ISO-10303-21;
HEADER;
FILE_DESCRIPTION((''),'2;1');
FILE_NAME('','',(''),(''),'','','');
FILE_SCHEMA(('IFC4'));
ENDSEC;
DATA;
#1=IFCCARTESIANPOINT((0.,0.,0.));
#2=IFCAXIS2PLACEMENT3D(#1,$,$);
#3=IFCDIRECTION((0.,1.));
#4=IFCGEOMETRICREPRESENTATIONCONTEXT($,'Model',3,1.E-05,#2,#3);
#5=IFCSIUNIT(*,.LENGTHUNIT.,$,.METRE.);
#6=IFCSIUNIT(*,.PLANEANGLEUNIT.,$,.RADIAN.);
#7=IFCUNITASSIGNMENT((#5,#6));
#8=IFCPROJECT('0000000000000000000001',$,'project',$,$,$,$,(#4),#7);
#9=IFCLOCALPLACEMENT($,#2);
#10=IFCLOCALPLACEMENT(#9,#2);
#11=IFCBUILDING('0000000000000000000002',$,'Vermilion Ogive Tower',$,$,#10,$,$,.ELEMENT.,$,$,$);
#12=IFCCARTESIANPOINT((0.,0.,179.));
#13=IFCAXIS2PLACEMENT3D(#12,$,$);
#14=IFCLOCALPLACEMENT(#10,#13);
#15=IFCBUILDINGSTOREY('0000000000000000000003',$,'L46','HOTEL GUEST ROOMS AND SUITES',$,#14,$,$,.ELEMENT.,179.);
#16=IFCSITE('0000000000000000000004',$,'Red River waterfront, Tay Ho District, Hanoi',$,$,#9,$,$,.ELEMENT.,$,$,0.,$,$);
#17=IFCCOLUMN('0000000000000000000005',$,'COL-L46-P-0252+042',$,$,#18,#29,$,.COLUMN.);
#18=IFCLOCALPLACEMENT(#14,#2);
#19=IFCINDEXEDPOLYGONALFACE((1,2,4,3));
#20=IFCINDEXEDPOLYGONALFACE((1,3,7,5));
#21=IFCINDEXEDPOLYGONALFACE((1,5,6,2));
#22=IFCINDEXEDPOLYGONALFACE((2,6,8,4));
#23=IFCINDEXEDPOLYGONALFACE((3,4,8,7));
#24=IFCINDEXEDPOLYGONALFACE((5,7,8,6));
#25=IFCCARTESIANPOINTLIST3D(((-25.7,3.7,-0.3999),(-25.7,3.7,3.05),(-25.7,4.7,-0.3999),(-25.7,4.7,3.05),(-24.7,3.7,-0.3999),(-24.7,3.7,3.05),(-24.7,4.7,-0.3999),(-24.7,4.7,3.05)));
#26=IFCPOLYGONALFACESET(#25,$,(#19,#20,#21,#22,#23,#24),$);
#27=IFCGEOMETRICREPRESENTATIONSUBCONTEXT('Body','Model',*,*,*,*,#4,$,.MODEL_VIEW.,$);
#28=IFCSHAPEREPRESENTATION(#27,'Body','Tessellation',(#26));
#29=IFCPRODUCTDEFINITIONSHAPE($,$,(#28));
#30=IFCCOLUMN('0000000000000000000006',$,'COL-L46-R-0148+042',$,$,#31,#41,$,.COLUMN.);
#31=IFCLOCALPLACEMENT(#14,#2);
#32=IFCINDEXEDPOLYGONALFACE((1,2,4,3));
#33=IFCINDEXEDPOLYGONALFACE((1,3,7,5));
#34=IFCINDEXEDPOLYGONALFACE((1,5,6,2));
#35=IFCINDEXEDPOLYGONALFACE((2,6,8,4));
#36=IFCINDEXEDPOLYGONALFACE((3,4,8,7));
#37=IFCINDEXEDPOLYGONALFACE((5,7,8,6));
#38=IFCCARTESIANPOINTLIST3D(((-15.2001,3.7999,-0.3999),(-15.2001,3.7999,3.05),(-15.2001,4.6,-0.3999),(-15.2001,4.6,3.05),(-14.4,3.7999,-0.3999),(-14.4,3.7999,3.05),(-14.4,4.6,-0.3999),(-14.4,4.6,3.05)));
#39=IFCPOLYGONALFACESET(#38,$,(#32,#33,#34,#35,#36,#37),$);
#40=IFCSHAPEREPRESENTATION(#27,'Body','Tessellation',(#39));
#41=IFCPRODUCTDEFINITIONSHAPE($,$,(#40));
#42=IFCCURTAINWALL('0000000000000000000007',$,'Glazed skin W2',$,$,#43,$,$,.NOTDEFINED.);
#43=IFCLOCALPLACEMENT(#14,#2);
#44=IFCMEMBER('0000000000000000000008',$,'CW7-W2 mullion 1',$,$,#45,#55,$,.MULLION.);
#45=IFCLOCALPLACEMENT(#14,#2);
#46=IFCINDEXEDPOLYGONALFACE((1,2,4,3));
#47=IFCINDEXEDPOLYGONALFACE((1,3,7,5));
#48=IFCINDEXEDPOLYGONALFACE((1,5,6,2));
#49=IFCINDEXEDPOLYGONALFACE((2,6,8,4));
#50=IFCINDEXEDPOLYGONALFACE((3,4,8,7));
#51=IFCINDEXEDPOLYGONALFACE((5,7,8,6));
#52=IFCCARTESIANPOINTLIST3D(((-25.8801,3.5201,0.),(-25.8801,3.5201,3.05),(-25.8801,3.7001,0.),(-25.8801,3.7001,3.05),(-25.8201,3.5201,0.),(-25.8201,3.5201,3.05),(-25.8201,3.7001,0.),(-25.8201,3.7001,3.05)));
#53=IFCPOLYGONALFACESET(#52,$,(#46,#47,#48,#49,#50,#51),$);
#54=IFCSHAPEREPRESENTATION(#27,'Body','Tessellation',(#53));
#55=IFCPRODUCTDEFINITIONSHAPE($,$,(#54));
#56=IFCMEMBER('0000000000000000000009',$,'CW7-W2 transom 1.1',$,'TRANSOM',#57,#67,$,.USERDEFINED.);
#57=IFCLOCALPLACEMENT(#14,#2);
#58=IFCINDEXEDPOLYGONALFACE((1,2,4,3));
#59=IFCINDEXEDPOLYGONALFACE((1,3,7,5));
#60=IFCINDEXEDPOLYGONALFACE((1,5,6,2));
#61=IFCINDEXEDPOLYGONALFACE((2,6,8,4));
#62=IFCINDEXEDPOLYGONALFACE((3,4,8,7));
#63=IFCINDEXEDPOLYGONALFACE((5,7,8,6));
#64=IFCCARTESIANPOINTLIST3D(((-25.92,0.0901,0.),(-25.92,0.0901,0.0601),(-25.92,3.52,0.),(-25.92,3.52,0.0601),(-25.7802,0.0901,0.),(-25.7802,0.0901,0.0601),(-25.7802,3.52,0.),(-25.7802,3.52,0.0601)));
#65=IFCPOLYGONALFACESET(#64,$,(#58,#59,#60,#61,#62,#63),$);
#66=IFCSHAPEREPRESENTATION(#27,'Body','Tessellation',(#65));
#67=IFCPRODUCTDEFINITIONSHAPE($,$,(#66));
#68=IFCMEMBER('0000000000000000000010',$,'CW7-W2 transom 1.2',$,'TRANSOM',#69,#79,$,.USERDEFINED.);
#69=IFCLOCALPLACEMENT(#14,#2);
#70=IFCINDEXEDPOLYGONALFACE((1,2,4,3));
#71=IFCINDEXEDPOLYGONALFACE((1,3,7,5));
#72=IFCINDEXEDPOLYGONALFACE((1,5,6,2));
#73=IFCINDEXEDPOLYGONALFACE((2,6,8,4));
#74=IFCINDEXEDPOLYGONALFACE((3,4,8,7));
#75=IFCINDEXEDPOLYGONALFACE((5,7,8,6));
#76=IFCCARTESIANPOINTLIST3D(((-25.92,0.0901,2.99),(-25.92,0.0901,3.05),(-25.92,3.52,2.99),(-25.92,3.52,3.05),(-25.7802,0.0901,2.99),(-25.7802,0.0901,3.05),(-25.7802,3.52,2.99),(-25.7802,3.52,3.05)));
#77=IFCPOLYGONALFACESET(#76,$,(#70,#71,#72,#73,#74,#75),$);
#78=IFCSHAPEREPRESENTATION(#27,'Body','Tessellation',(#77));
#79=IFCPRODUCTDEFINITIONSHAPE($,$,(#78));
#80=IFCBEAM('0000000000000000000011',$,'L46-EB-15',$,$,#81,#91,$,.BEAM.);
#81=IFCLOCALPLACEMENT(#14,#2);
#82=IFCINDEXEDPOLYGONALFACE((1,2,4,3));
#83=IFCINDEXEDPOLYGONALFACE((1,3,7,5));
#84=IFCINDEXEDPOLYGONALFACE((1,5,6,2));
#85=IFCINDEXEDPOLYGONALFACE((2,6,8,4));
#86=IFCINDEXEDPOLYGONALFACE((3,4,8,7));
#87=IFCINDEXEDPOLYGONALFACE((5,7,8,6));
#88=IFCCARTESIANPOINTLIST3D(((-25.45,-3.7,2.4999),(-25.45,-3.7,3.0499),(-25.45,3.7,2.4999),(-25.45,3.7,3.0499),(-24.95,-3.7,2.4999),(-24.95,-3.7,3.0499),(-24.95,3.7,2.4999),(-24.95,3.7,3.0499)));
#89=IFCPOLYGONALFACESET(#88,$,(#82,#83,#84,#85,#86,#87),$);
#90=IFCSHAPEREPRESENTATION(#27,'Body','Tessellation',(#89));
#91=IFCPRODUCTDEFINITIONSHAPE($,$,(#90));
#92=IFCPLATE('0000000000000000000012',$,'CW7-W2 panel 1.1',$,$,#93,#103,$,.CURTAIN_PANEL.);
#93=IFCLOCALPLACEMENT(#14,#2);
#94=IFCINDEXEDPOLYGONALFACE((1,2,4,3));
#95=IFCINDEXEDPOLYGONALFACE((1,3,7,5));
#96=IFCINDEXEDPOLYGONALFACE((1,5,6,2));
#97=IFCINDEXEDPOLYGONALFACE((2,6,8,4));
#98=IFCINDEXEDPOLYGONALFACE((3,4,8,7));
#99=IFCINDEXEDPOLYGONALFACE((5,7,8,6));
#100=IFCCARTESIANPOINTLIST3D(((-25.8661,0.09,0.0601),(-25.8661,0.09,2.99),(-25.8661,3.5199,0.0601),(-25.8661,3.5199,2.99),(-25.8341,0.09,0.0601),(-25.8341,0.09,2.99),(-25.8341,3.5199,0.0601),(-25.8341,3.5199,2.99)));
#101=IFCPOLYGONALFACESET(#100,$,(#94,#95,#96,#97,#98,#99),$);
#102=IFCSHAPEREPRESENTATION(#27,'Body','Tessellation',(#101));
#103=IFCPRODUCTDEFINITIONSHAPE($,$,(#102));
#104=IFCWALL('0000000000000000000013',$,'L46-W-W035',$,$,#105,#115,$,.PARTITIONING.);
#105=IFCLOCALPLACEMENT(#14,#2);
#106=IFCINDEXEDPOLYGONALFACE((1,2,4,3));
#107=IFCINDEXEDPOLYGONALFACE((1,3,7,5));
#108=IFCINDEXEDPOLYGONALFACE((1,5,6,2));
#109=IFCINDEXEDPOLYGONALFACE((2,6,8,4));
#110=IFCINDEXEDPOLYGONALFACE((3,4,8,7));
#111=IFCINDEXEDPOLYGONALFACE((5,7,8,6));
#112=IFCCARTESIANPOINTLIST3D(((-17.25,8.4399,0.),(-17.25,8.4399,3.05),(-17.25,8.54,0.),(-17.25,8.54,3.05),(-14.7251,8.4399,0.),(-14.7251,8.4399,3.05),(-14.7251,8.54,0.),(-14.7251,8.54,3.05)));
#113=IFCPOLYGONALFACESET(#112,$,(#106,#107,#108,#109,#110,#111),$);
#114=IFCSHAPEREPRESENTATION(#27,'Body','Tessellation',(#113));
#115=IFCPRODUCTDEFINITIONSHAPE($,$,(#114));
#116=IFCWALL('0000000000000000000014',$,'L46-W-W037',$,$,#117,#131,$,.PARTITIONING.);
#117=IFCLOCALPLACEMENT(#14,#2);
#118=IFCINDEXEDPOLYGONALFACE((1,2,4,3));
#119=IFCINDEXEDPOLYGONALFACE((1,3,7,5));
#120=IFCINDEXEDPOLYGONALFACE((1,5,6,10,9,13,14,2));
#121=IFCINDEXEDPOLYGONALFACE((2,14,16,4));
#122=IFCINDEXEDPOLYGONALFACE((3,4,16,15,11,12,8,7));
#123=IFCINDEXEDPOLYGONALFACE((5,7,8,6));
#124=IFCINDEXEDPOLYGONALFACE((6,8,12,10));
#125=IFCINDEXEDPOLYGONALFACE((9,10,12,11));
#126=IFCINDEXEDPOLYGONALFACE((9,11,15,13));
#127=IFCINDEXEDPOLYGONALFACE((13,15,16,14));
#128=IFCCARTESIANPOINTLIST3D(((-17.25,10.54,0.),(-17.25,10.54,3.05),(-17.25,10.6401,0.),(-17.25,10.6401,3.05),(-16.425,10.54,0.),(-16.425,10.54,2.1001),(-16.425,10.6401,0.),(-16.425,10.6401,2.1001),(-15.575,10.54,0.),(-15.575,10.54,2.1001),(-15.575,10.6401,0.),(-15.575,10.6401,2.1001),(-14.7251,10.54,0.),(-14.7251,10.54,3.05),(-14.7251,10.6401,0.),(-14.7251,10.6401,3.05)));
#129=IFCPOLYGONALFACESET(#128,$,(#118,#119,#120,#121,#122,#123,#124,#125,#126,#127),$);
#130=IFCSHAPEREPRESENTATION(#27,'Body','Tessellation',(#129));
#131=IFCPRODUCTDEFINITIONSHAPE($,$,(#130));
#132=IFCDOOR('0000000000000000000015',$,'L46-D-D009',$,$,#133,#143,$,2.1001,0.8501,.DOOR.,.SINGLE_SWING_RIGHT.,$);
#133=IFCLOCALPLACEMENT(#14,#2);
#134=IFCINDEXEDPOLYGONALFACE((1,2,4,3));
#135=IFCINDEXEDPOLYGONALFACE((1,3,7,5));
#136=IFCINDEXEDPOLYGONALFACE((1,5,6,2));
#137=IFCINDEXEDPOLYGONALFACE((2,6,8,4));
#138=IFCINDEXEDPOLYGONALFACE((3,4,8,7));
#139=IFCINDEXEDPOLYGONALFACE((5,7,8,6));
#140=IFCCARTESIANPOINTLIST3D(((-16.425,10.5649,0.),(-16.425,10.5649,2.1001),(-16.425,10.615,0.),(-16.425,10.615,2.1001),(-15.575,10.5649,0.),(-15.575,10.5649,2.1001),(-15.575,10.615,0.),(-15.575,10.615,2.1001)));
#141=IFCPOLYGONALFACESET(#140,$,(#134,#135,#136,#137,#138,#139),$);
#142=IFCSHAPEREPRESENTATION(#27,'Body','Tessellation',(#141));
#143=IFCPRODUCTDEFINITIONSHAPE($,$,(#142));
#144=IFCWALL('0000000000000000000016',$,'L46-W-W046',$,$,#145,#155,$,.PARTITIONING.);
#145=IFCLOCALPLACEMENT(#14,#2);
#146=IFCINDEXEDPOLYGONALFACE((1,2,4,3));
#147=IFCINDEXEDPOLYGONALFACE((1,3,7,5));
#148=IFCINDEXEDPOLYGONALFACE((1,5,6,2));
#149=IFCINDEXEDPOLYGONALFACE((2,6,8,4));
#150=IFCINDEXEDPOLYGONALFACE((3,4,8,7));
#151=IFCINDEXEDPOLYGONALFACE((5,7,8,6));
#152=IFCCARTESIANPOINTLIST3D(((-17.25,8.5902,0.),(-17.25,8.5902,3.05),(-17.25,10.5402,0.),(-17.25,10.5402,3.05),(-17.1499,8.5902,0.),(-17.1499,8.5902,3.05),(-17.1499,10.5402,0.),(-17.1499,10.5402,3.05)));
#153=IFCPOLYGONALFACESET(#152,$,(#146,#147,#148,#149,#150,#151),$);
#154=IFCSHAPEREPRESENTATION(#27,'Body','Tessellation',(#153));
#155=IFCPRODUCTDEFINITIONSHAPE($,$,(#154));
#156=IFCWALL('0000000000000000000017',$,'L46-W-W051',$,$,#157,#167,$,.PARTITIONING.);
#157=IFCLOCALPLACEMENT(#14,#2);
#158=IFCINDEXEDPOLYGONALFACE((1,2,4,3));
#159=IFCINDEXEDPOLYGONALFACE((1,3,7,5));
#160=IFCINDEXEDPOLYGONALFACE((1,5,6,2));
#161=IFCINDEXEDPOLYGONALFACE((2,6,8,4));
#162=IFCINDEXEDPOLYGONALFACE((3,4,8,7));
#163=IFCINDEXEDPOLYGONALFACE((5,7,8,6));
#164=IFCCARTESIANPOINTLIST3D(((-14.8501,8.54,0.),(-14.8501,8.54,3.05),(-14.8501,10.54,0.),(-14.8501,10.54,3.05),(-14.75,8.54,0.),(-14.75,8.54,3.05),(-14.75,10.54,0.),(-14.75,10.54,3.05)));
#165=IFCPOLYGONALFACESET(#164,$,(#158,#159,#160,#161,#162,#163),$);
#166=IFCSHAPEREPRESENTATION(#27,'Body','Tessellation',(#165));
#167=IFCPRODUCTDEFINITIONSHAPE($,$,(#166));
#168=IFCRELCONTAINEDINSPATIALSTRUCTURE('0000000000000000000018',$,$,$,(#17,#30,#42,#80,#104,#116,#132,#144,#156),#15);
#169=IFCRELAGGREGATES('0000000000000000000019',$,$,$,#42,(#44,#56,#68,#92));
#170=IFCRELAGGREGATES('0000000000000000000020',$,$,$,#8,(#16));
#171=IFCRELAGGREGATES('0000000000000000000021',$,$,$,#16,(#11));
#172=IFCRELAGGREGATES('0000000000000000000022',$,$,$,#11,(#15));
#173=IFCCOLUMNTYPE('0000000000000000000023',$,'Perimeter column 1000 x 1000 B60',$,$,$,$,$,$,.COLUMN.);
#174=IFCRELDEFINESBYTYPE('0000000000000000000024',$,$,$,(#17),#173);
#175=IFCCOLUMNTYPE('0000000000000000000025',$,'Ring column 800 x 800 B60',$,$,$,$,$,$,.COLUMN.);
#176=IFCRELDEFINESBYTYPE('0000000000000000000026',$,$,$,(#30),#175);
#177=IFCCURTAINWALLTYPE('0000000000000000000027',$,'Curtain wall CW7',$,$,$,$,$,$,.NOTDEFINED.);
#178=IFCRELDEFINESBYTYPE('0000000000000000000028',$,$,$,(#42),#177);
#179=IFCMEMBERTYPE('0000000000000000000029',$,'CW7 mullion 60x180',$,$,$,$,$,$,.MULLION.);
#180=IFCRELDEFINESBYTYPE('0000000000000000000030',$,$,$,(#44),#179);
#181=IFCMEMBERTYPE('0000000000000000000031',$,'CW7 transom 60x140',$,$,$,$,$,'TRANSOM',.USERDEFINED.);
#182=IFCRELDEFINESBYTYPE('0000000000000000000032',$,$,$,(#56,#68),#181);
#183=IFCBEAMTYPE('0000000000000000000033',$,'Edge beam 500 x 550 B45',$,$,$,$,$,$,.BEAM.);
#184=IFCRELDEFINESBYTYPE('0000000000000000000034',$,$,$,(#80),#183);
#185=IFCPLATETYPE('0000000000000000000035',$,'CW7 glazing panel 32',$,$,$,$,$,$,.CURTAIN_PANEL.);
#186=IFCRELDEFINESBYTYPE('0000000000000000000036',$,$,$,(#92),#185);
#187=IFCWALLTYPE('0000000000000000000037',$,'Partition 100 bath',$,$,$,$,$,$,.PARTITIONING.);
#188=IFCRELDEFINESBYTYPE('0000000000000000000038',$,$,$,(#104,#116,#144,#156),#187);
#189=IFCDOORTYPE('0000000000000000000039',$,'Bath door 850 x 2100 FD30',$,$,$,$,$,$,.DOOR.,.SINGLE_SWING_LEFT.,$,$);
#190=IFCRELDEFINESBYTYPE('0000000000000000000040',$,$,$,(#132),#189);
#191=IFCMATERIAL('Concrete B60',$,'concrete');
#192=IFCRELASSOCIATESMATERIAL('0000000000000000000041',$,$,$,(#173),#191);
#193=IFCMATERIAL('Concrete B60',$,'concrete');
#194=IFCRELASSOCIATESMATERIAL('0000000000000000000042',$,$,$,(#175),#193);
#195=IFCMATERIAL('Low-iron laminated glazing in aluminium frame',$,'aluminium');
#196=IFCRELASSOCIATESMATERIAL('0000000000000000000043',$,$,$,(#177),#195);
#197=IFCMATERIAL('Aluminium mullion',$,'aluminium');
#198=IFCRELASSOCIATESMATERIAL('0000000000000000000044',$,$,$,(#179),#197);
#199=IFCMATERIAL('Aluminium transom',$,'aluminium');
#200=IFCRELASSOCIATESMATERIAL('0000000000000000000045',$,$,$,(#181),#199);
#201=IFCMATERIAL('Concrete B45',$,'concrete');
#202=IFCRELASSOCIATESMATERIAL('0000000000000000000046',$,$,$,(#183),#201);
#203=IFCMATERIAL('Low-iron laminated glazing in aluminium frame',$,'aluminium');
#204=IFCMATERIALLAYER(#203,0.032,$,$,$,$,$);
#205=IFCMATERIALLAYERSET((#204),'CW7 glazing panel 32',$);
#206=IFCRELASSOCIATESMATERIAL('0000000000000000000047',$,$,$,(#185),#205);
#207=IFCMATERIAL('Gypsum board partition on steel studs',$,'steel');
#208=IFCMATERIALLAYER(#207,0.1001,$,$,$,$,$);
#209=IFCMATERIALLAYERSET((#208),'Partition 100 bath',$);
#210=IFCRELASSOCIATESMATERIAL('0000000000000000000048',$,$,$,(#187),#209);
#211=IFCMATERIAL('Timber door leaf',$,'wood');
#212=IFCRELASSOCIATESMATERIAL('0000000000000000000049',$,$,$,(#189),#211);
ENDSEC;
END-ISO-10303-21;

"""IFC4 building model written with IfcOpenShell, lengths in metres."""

from ifc_helpers import new_model, si_unit, direction, frame, frame_2d, origin, origin_2d, place, context, subcontext, project, spatial, rectangle, extrude, material, layer, layer_set, material_profile, profile_set, type_object, element, fill, aggregate, save


model = new_model("IFC4")

# Units and contexts
model_context = context("Model", 3, precision=1e-05, world=origin(), true_north=direction((0.0, 1.0)))
body_context = subcontext(model_context, "Body", "Model", "MODEL_VIEW")
ifc_project = project(units=[si_unit("LENGTHUNIT", "METRE"), si_unit("PLANEANGLEUNIT", "RADIAN")], contexts=[model_context])

# Site, building, storey
site_placement = place(None, origin())
site = spatial("IfcSite", under=ifc_project, at=site_placement, Name="Red River waterfront, Tay Ho District, Hanoi", CompositionType="ELEMENT", RefElevation=0.0)
building_placement = place(site_placement, origin())
building = spatial("IfcBuilding", under=site, at=building_placement, Name="Vermilion Ogive Tower", CompositionType="ELEMENT")
storey_placement = place(building_placement, frame((0.0, 0.0, 179.0)))
storey = spatial("IfcBuildingStorey", under=building, at=storey_placement, Name="L46", Description="HOTEL GUEST ROOMS AND SUITES", CompositionType="ELEMENT", Elevation=179.0)

# Columns
ifc_material_1 = material(Name="Concrete B60", Category="concrete")
ifc_material_profile_1 = material_profile(ifc_material_1, rectangle(XDim=1.0, YDim=1.0, at=origin_2d()), Name="1000 x 1000")
ifc_profile_set_1 = profile_set([ifc_material_profile_1], Name="Concrete B60")
column_type_1 = type_object("IfcColumnType", Name="Perimeter column 1000 x 1000 B60", PredefinedType="COLUMN", material=ifc_profile_set_1)
column_1_placement = place(storey_placement, frame((-25.2, 4.2, -0.3999), z_axis=(0.0, 0.0, 1.0), x_axis=(1.0, 0.0, 0.0)))
element("IfcColumn", 1, at=column_1_placement, inside=storey, type_object=column_type_1, Name="COL-L46-P-0252+042", PredefinedType="COLUMN", context=body_context, shape_type="SweptSolid", body=[
    extrude(rectangle(XDim=1.0, YDim=1.0, at=origin_2d()), origin(), (0.0, 0.0, 1.0), 3.45),
])
ifc_material_2 = material(Name="Concrete B60", Category="concrete")
ifc_material_profile_2 = material_profile(ifc_material_2, rectangle(XDim=0.8, YDim=0.8, at=origin_2d()), Name="800 x 800")
ifc_profile_set_2 = profile_set([ifc_material_profile_2], Name="Concrete B60")
column_type_2 = type_object("IfcColumnType", Name="Ring column 800 x 800 B60", PredefinedType="COLUMN", material=ifc_profile_set_2)
column_2_placement = place(storey_placement, frame((-14.8, 4.2, -0.3999), z_axis=(0.0, 0.0, 1.0), x_axis=(1.0, 0.0, 0.0)))
element("IfcColumn", 2, at=column_2_placement, inside=storey, type_object=column_type_2, Name="COL-L46-R-0148+042", PredefinedType="COLUMN", context=body_context, shape_type="SweptSolid", body=[
    extrude(rectangle(XDim=0.8, YDim=0.8, at=origin_2d()), origin(), (0.0, 0.0, 1.0), 3.45),
])

# Curtain wall, members
ifc_material_3 = material(Name="Low-iron laminated glazing in aluminium frame", Category="aluminium")
curtain_wall_type = type_object("IfcCurtainWallType", Name="Curtain wall CW7", PredefinedType="NOTDEFINED", material=ifc_material_3)
curtain_wall_placement = place(storey_placement, origin())
curtain_wall = element("IfcCurtainWall", 3, at=curtain_wall_placement, inside=storey, type_object=curtain_wall_type, Name="Glazed skin W2", PredefinedType="NOTDEFINED")
ifc_material_4 = material(Name="Aluminium mullion", Category="aluminium")
ifc_material_profile_3 = material_profile(ifc_material_4, rectangle(XDim=0.0601, YDim=0.1799, at=origin_2d()), Name="AL 60x180")
ifc_profile_set_3 = profile_set([ifc_material_profile_3], Name="Aluminium mullion")
member_type_1 = type_object("IfcMemberType", Name="CW7 mullion 60x180", PredefinedType="MULLION", material=ifc_profile_set_3)
member_1_placement = place(storey_placement, frame((-25.8501, 3.6101, 0.0), z_axis=(0.0, 0.0, 1.0), x_axis=(1.0, 0.0, 0.0)))
member_1 = element("IfcMember", 4, at=member_1_placement, type_object=member_type_1, Name="CW7-W2 mullion 1", PredefinedType="MULLION", context=body_context, shape_type="SweptSolid", body=[
    extrude(rectangle(XDim=0.0601, YDim=0.1799, at=origin_2d()), origin(), (0.0, 0.0, 1.0), 3.05),
])
ifc_material_5 = material(Name="Aluminium transom", Category="aluminium")
ifc_material_profile_4 = material_profile(ifc_material_5, rectangle(XDim=0.1399, YDim=0.0601, at=origin_2d()), Name="AL 60x140")
ifc_profile_set_4 = profile_set([ifc_material_profile_4], Name="Aluminium transom")
member_type_2 = type_object("IfcMemberType", Name="CW7 transom 60x140", ElementType="TRANSOM", PredefinedType="USERDEFINED", material=ifc_profile_set_4)
member_2_placement = place(storey_placement, frame((-25.8501, 3.52, 0.03), z_axis=(0.0, -1.0, 0.0), x_axis=(1.0, 0.0, 0.0)))
member_2 = element("IfcMember", 5, at=member_2_placement, type_object=member_type_2, Name="CW7-W2 transom 1.1", ObjectType="TRANSOM", PredefinedType="USERDEFINED", context=body_context, shape_type="SweptSolid", body=[
    extrude(rectangle(XDim=0.1399, YDim=0.0601, at=origin_2d()), origin(), (0.0, 0.0, 1.0), 3.4299),
])
member_3_placement = place(storey_placement, frame((-25.8501, 3.52, 3.02), z_axis=(0.0, -1.0, 0.0), x_axis=(1.0, 0.0, 0.0)))
member_3 = element("IfcMember", 6, at=member_3_placement, type_object=member_type_2, Name="CW7-W2 transom 1.2", ObjectType="TRANSOM", PredefinedType="USERDEFINED", context=body_context, shape_type="SweptSolid", body=[
    extrude(rectangle(XDim=0.1399, YDim=0.0601, at=origin_2d()), origin(), (0.0, 0.0, 1.0), 3.4299),
])

# Beam
ifc_material_6 = material(Name="Concrete B45", Category="concrete")
ifc_material_profile_5 = material_profile(ifc_material_6, rectangle(XDim=0.5, YDim=0.55, at=origin_2d()), Name="500 x 550")
ifc_profile_set_5 = profile_set([ifc_material_profile_5], Name="Concrete B45")
beam_type = type_object("IfcBeamType", Name="Edge beam 500 x 550 B45", PredefinedType="BEAM", material=ifc_profile_set_5)
beam_placement = place(storey_placement, frame((-25.2, 3.7, 2.7749), z_axis=(0.0, -1.0, 0.0), x_axis=(1.0, 0.0, 0.0)))
element("IfcBeam", 7, at=beam_placement, inside=storey, type_object=beam_type, Name="L46-EB-15", PredefinedType="BEAM", context=body_context, shape_type="SweptSolid", body=[
    extrude(rectangle(XDim=0.5, YDim=0.55, at=origin_2d()), origin(), (0.0, 0.0, 1.0), 7.3999),
])

# Plate
ifc_material_7 = material(Name="Low-iron laminated glazing in aluminium frame", Category="aluminium")
ifc_layer_1 = layer(ifc_material_7, 0.032)
ifc_layer_set_1 = layer_set([ifc_layer_1], Name="CW7 glazing panel 32")
plate_type = type_object("IfcPlateType", Name="CW7 glazing panel 32", PredefinedType="CURTAIN_PANEL", material=ifc_layer_set_1)
plate_placement = place(storey_placement, frame((-25.8501, 1.8049, 0.0601), z_axis=(0.0, 0.0, 1.0), x_axis=(0.0, -1.0, 0.0)))
plate = element("IfcPlate", 8, at=plate_placement, type_object=plate_type, Name="CW7-W2 panel 1.1", PredefinedType="CURTAIN_PANEL", context=body_context, shape_type="SweptSolid", body=[
    extrude(rectangle(XDim=3.4299, YDim=0.032, at=origin_2d()), origin(), (0.0, 0.0, 1.0), 2.9299),
])
aggregate(curtain_wall, [member_1, member_2, member_3, plate])

# Wall
ifc_material_8 = material(Name="Gypsum board partition on steel studs", Category="steel")
ifc_layer_2 = layer(ifc_material_8, 0.1001)
ifc_layer_set_2 = layer_set([ifc_layer_2], Name="Partition 100 bath")
wall_type_1 = type_object("IfcWallType", Name="Partition 100 bath", PredefinedType="PARTITIONING", material=ifc_layer_set_2)
wall_1_placement = place(storey_placement, frame((-17.25, 8.49, 0.0), z_axis=(0.0, 0.0, 1.0), x_axis=(1.0, 0.0, 0.0)))
element("IfcWall", 9, at=wall_1_placement, inside=storey, type_object=wall_type_1, Name="L46-W-W035", PredefinedType="PARTITIONING", context=body_context, shape_type="SweptSolid", body=[
    extrude(rectangle(XDim=2.5249, YDim=0.1001, at=frame_2d((1.2625, 0.0))), origin(), (0.0, 0.0, 1.0), 3.05),
])

# Wall, opening, door
wall_2_placement = place(storey_placement, frame((-17.25, 10.5901, 0.0), z_axis=(0.0, 0.0, 1.0), x_axis=(1.0, 0.0, 0.0)))
wall_2 = element("IfcWall", 10, at=wall_2_placement, inside=storey, type_object=wall_type_1, Name="L46-W-W037", PredefinedType="PARTITIONING", context=body_context, shape_type="SweptSolid", body=[
    extrude(rectangle(XDim=2.5249, YDim=0.1001, at=frame_2d((1.2625, 0.0))), origin(), (0.0, 0.0, 1.0), 3.05),
])
opening_1_placement = place(wall_2_placement, frame((0.825, 0.0, 0.0)))
opening_1 = element("IfcOpeningElement", 11, at=opening_1_placement, cuts=wall_2, PredefinedType="OPENING", context=body_context, shape_type="SweptSolid", body=[
    extrude(rectangle(XDim=0.8501, YDim=2.1001, at=frame_2d((0.425, 1.05))), frame((0.0, 0.0601, 0.0), z_axis=(0.0, -1.0, 0.0), x_axis=(1.0, 0.0, 0.0)), (0.0, 0.0, 1.0), 0.1201),
])
ifc_material_9 = material(Name="Timber door leaf", Category="wood")
door_type_1 = type_object("IfcDoorType", Name="Bath door 850 x 2100 FD30", OperationType="SINGLE_SWING_LEFT", PredefinedType="DOOR", material=ifc_material_9)
door_1_placement = place(opening_1_placement, origin())
door_1 = element("IfcDoor", 12, at=door_1_placement, inside=storey, type_object=door_type_1, Name="L46-D-D009", OperationType="SINGLE_SWING_RIGHT", OverallHeight=2.1001, OverallWidth=0.8501, PredefinedType="DOOR", context=body_context, shape_type="SweptSolid", body=[
    extrude(rectangle(XDim=0.8501, YDim=2.1001, at=frame_2d((0.425, 1.05))), frame((0.0, 0.0249, 0.0), z_axis=(0.0, -1.0, 0.0), x_axis=(1.0, 0.0, 0.0)), (0.0, 0.0, 1.0), 0.05),
])
fill(opening_1, door_1)

# Walls
wall_3_placement = place(storey_placement, frame((-17.2, 8.5901, 0.0), z_axis=(0.0, 0.0, 1.0), x_axis=(0.0, 1.0, 0.0)))
element("IfcWall", 13, at=wall_3_placement, inside=storey, type_object=wall_type_1, Name="L46-W-W046", PredefinedType="PARTITIONING", context=body_context, shape_type="SweptSolid", body=[
    extrude(rectangle(XDim=1.95, YDim=0.1001, at=frame_2d((0.9751, 0.0))), origin(), (0.0, 0.0, 1.0), 3.05),
])
wall_4_placement = place(storey_placement, frame((-14.8, 8.54, 0.0), z_axis=(0.0, 0.0, 1.0), x_axis=(0.0, 1.0, 0.0)))
element("IfcWall", 14, at=wall_4_placement, inside=storey, type_object=wall_type_1, Name="L46-W-W051", PredefinedType="PARTITIONING", context=body_context, shape_type="SweptSolid", body=[
    extrude(rectangle(XDim=2.0, YDim=0.1001, at=frame_2d((1.0, 0.0))), origin(), (0.0, 0.0, 1.0), 3.05),
])

save(model, "model.ifc")
